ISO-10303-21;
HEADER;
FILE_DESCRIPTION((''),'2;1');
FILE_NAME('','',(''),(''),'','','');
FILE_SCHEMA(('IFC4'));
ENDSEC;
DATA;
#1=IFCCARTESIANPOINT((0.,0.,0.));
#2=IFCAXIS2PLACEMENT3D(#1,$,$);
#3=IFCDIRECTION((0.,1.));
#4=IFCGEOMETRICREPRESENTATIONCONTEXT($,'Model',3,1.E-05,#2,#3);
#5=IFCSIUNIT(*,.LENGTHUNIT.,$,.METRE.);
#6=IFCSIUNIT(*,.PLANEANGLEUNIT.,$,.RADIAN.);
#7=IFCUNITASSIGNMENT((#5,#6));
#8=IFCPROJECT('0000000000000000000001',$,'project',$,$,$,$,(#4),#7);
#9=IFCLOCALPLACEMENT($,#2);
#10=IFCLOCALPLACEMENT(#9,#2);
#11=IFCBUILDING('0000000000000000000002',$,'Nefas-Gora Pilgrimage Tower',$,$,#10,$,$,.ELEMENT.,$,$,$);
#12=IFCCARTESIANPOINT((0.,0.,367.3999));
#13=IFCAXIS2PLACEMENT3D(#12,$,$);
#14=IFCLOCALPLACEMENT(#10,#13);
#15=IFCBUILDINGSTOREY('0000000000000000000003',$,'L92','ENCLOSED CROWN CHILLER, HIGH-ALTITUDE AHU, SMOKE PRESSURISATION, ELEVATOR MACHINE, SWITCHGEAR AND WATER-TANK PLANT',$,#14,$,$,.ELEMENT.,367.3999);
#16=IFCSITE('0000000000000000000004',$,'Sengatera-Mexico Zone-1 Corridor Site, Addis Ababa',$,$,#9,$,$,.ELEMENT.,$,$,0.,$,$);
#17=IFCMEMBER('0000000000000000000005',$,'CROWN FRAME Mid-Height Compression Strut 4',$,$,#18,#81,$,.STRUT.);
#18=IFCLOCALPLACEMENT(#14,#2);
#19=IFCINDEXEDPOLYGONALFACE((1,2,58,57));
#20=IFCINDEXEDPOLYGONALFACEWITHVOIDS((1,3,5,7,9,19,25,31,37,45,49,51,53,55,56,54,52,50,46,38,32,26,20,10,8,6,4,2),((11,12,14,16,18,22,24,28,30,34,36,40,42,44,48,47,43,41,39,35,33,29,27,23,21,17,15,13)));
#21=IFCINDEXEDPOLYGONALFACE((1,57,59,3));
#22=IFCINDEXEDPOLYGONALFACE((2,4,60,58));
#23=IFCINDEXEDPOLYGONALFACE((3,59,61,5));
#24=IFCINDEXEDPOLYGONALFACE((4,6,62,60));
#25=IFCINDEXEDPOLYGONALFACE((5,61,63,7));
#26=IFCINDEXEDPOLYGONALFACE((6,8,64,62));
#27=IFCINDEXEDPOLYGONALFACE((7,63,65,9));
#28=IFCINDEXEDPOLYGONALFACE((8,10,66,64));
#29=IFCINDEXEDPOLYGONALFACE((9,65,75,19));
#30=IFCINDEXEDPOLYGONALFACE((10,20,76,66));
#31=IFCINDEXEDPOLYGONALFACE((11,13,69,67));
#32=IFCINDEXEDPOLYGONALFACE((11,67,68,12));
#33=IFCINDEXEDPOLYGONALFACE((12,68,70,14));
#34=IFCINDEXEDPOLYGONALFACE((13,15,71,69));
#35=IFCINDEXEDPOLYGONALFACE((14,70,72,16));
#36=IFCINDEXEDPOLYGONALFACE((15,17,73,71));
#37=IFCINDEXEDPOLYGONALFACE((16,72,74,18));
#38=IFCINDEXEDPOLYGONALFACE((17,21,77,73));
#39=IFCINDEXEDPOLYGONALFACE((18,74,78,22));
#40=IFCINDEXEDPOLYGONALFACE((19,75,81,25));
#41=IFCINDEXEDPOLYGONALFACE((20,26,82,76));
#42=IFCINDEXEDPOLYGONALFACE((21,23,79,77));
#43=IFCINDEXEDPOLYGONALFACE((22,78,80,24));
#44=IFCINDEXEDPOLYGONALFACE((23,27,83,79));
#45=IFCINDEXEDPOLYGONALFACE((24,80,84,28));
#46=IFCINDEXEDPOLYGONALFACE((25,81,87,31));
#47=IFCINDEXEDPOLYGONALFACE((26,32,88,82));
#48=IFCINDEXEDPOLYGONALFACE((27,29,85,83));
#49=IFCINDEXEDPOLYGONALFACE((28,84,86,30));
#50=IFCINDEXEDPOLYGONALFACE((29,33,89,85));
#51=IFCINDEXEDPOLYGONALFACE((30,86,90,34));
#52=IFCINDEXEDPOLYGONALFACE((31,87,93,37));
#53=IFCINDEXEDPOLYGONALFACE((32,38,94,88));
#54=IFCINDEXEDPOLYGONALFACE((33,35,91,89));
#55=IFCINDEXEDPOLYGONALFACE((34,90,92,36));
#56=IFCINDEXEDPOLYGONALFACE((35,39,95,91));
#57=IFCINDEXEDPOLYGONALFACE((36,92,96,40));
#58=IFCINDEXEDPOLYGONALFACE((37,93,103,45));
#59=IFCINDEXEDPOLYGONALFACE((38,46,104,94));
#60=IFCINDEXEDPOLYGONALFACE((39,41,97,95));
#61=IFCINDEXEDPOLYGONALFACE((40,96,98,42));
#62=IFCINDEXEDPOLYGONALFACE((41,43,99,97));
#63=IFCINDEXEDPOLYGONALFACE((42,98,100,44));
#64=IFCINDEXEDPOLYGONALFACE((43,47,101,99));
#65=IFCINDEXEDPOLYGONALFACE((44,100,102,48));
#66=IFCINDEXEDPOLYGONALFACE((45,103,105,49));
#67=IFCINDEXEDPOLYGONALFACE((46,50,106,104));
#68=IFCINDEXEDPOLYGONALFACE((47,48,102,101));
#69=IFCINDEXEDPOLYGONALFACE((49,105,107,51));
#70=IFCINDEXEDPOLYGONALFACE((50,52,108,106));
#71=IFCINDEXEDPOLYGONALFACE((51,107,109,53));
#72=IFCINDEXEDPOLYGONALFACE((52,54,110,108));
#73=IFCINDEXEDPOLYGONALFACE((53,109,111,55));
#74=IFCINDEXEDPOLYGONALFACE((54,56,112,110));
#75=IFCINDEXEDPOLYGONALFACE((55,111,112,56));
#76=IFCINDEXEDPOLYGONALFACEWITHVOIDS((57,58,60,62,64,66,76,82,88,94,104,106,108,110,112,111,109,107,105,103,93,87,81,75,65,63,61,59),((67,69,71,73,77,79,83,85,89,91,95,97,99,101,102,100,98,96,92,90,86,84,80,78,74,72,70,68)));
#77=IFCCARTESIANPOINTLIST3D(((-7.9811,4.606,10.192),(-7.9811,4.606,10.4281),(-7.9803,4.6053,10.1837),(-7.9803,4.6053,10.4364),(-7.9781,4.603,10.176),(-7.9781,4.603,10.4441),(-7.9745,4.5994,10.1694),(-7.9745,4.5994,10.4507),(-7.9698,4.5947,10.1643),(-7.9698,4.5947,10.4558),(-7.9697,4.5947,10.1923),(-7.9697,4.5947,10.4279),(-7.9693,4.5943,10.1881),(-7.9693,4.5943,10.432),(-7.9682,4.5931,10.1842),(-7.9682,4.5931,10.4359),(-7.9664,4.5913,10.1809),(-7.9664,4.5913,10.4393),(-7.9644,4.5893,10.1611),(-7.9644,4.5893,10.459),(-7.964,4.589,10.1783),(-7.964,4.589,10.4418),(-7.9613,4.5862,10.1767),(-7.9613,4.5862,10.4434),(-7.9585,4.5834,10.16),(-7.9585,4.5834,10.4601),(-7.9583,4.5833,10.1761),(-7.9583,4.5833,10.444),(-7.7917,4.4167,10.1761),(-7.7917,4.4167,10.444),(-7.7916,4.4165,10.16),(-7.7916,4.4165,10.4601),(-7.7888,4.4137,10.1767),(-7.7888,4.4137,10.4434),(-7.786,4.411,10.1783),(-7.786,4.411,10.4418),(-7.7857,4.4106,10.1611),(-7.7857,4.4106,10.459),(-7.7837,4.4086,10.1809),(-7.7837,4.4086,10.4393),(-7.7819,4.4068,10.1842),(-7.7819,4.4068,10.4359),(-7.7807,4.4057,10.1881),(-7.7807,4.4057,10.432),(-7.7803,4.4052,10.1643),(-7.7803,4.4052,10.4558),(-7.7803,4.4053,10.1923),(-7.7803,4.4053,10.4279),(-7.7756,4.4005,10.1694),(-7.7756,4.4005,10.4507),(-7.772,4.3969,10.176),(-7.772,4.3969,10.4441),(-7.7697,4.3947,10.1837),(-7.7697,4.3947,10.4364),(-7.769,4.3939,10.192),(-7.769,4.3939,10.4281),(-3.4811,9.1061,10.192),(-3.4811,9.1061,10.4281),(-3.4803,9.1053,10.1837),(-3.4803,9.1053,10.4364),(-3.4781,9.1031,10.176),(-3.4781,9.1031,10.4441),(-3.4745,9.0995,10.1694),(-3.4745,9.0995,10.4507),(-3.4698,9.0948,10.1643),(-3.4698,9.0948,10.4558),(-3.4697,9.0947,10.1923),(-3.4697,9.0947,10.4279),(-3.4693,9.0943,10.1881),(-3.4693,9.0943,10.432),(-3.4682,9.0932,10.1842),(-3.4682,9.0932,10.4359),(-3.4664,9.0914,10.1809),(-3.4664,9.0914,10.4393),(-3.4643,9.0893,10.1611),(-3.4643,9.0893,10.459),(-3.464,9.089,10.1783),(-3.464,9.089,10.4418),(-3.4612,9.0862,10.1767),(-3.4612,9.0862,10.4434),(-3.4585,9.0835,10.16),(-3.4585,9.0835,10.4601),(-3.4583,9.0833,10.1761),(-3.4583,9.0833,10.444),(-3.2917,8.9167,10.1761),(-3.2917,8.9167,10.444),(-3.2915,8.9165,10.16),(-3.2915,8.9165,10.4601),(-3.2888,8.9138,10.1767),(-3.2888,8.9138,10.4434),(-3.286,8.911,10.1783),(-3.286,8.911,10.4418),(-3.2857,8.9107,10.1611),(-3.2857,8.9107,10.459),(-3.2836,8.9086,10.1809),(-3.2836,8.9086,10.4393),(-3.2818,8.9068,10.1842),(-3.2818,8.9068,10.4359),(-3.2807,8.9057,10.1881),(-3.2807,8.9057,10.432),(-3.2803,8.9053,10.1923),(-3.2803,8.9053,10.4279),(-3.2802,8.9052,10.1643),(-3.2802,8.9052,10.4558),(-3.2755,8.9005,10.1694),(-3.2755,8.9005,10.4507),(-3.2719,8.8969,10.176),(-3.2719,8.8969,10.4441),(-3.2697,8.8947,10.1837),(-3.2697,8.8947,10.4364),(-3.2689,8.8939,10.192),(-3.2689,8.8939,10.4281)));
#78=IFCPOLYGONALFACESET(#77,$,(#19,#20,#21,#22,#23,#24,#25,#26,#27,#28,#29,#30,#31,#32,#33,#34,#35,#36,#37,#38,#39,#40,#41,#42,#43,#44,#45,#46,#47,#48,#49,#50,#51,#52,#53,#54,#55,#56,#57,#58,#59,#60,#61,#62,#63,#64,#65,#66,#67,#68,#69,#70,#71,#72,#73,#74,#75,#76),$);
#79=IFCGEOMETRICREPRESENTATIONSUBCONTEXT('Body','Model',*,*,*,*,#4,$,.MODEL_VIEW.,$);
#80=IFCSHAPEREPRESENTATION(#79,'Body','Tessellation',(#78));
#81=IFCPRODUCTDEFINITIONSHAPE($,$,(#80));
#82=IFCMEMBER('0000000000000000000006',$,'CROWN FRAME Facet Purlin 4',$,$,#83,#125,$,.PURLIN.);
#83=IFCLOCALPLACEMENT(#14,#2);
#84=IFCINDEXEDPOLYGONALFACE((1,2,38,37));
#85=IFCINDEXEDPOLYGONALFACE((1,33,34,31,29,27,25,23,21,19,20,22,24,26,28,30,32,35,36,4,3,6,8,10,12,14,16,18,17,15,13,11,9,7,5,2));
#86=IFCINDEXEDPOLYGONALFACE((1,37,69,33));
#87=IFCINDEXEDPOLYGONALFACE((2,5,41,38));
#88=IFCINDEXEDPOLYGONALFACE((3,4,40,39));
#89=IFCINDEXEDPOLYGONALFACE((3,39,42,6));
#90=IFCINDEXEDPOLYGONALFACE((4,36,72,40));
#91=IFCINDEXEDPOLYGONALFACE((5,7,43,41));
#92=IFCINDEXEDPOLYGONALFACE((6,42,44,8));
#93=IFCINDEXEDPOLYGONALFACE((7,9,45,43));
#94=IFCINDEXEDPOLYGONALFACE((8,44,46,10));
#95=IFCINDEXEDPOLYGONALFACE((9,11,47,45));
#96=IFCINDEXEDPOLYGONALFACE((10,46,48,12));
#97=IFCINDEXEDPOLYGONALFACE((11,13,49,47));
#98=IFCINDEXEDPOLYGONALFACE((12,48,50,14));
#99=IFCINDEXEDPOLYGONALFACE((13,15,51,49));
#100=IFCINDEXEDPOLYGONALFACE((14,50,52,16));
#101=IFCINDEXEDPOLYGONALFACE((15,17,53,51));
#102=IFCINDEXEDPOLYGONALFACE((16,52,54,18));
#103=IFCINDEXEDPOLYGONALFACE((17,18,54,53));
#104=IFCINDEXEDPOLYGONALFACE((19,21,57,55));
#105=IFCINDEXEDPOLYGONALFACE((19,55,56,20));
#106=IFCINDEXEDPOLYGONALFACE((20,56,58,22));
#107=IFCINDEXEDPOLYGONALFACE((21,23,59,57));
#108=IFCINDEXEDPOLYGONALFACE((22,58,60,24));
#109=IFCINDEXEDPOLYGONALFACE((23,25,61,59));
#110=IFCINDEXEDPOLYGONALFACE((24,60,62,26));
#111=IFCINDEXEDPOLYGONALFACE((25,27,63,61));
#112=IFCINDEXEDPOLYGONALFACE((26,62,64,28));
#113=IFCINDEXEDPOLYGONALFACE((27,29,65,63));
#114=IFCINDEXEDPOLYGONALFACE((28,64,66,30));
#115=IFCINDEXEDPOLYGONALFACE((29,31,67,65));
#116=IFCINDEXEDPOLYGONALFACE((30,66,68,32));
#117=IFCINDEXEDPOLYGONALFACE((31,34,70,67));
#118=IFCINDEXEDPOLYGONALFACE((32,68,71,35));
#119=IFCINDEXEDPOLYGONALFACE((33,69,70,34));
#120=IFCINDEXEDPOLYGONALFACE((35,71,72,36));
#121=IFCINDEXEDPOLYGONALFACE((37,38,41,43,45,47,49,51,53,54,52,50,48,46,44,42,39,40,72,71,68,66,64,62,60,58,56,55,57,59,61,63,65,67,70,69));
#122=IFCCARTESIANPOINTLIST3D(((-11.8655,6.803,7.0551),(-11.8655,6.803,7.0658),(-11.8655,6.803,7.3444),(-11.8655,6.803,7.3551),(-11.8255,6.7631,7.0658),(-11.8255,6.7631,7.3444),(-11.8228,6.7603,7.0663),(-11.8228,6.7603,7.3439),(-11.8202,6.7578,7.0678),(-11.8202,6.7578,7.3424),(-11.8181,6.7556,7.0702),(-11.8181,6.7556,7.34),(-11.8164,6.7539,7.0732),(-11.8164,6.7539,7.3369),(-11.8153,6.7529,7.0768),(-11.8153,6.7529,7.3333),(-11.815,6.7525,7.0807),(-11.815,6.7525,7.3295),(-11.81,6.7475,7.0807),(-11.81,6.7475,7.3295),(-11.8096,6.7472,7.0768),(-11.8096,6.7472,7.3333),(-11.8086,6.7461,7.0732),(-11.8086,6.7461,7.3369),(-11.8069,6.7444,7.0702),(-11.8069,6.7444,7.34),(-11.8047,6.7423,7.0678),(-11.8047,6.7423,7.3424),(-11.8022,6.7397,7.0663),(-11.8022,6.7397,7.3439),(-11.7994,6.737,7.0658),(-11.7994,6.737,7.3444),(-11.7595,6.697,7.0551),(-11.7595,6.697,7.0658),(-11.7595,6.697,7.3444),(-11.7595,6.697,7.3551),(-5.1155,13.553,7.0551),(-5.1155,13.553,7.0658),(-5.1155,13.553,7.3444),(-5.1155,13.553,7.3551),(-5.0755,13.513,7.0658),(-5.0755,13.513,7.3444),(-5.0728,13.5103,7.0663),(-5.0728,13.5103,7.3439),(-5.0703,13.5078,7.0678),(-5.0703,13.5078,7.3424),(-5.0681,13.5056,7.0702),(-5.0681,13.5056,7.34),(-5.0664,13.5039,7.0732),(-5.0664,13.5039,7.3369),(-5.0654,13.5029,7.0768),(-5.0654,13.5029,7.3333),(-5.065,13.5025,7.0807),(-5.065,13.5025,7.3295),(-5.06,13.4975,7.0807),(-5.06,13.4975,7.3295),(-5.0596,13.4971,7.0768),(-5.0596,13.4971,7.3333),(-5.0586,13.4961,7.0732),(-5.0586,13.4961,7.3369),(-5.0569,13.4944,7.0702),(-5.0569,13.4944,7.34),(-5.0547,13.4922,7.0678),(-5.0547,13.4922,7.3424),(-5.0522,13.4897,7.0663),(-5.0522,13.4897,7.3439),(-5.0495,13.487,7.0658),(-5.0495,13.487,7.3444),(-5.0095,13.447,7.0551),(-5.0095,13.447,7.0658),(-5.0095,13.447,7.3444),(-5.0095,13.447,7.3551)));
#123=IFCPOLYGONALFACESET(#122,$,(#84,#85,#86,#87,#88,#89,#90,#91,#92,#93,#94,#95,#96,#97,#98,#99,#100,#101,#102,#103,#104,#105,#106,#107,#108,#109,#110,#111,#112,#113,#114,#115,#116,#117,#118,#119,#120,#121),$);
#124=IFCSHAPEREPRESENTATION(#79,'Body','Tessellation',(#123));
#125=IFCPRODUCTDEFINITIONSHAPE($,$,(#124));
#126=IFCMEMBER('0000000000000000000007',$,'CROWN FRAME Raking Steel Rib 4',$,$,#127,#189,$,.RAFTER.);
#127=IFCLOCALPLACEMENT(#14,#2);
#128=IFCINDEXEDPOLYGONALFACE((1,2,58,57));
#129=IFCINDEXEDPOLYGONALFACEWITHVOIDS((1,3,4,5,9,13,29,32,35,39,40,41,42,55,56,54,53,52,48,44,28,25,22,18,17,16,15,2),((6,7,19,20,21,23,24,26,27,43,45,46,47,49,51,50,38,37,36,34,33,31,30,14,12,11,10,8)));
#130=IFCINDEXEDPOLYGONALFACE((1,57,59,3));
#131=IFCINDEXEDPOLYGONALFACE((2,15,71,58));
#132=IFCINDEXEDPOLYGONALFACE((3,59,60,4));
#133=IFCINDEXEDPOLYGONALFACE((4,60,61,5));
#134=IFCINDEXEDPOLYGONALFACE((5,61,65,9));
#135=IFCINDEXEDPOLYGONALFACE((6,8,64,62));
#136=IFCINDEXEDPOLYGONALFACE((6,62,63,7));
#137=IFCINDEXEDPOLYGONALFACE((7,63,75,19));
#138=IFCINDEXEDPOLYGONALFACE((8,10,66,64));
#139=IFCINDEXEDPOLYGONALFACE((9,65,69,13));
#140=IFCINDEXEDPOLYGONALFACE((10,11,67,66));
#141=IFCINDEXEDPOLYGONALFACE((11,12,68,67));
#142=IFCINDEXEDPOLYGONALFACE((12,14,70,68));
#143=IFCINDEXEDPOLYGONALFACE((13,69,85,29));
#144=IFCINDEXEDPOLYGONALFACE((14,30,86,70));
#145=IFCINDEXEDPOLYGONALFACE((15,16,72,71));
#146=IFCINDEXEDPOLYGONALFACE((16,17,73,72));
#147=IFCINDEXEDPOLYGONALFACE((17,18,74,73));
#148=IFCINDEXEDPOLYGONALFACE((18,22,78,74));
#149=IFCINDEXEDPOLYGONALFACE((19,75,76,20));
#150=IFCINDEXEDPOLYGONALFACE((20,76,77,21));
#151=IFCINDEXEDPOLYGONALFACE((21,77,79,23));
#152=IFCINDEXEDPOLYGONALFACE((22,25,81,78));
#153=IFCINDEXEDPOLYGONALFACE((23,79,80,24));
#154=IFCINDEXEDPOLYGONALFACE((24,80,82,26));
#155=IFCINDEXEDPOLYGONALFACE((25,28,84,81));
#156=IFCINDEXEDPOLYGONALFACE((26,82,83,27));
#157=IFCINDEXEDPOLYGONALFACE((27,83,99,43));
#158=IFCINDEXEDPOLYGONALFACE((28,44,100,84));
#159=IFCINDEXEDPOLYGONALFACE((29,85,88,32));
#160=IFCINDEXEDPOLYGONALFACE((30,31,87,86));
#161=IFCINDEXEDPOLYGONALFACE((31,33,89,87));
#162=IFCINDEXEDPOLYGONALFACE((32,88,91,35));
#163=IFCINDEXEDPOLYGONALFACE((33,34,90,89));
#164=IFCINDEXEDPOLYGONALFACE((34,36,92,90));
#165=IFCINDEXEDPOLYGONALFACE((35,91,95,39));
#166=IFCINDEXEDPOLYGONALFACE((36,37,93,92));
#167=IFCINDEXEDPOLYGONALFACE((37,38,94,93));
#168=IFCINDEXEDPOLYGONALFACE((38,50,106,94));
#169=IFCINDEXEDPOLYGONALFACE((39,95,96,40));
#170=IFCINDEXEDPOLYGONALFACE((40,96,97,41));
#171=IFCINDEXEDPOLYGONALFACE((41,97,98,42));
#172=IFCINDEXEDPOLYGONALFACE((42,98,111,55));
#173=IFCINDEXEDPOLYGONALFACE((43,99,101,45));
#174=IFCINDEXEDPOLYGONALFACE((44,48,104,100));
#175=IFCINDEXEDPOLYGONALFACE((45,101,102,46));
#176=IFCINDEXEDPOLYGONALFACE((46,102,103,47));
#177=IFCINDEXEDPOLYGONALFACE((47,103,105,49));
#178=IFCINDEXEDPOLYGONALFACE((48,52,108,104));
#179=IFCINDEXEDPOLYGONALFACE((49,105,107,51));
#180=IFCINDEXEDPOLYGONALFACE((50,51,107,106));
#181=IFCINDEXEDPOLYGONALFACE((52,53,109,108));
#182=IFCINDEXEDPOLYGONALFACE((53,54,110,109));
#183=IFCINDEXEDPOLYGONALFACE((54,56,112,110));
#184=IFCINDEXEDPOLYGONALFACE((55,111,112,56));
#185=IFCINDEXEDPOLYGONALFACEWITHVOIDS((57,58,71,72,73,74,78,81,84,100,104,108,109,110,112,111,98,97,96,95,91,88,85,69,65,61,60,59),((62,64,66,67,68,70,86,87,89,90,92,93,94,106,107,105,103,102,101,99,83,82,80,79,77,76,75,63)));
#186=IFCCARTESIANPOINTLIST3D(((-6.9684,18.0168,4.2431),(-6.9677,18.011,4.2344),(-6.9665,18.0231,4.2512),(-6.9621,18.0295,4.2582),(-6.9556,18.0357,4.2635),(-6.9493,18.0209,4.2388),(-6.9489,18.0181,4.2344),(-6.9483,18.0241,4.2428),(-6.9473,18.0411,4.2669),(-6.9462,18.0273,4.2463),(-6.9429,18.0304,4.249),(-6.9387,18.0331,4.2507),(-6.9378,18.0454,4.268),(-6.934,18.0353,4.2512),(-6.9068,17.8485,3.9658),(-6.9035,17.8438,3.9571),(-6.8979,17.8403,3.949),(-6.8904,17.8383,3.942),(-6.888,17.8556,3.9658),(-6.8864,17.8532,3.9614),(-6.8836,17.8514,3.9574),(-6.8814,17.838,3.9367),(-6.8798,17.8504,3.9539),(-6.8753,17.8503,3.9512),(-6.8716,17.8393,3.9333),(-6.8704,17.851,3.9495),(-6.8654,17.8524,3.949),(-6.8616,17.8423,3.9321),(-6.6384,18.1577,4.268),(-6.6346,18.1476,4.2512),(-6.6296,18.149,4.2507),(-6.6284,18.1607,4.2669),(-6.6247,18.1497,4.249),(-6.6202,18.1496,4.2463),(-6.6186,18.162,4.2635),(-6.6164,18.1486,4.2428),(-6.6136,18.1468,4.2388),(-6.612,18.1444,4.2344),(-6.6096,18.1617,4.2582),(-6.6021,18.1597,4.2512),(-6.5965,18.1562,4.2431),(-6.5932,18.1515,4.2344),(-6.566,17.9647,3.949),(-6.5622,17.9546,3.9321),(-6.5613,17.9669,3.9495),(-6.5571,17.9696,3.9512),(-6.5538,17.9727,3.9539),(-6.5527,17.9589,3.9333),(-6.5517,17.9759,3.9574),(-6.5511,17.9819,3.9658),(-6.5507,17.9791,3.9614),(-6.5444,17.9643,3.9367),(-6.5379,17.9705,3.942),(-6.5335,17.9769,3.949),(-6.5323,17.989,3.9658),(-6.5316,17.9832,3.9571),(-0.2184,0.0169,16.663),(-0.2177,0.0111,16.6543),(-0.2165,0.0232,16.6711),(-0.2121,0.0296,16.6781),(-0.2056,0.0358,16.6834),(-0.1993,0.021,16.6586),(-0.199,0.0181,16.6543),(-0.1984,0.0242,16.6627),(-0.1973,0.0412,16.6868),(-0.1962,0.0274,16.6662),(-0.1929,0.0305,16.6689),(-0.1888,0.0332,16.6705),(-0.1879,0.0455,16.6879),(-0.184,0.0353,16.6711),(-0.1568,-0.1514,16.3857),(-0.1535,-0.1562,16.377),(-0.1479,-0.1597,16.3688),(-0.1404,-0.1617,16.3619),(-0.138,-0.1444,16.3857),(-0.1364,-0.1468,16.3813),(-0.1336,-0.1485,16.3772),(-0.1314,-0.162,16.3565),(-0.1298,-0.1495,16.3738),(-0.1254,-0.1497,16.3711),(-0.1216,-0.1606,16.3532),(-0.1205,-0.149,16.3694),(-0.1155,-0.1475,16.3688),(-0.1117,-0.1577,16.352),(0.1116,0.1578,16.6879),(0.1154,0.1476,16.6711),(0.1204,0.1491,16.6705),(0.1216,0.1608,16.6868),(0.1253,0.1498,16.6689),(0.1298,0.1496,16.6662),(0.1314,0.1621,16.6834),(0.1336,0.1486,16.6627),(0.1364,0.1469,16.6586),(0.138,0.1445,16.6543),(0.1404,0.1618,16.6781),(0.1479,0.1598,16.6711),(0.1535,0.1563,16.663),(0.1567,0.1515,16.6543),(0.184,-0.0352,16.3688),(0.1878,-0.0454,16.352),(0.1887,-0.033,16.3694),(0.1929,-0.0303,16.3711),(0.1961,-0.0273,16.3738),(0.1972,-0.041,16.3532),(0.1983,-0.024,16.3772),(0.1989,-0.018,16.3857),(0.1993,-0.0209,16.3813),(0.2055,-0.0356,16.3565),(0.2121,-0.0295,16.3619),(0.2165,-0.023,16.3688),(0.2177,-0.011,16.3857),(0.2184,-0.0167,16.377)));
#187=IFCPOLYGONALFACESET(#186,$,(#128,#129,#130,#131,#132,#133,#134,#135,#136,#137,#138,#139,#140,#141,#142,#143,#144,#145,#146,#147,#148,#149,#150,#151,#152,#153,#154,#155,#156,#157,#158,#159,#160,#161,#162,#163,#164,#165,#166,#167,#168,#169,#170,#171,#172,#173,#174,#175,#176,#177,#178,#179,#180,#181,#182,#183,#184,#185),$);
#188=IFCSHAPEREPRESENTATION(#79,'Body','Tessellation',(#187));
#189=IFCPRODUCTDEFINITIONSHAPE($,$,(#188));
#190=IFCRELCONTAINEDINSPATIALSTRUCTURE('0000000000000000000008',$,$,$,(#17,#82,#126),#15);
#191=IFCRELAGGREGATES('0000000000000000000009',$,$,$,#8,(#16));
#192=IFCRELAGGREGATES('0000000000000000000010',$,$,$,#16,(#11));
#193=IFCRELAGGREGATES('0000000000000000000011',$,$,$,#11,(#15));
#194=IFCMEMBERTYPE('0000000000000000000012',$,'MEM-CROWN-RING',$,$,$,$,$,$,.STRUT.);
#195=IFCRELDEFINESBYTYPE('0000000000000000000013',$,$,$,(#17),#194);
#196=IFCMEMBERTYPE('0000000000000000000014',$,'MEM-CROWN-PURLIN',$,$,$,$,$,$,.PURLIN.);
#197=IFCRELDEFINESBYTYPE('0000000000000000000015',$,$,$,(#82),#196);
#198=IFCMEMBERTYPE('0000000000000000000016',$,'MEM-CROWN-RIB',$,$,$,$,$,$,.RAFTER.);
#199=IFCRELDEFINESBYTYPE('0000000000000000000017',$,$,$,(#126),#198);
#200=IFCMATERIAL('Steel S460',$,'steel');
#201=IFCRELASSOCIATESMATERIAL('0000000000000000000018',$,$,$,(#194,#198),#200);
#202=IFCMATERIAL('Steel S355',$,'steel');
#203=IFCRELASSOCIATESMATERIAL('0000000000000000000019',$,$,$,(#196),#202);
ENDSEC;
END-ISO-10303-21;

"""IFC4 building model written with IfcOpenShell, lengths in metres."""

from ifc_helpers import new_model, si_unit, direction, frame, origin, origin_2d, place, context, subcontext, project, spatial, hollow_rectangle, i_section, extrude, source, transform, mapped, material, material_profile, profile_set, type_object, element, save


model = new_model("IFC4")

# Units and contexts
model_context = context("Model", 3, precision=1e-05, world=origin(), true_north=direction((0.0, 1.0)))
body_context = subcontext(model_context, "Body", "Model", "MODEL_VIEW")
ifc_project = project(units=[si_unit("LENGTHUNIT", "METRE"), si_unit("PLANEANGLEUNIT", "RADIAN")], contexts=[model_context])

# Site, building, storey
site_placement = place(None, origin())
site = spatial("IfcSite", under=ifc_project, at=site_placement, Name="Sengatera-Mexico Zone-1 Corridor Site, Addis Ababa", CompositionType="ELEMENT", RefElevation=0.0)
building_placement = place(site_placement, origin())
building = spatial("IfcBuilding", under=site, at=building_placement, Name="Nefas-Gora Pilgrimage Tower", CompositionType="ELEMENT")
storey_placement = place(building_placement, frame((0.0, 0.0, 367.3999)))
storey = spatial("IfcBuildingStorey", under=building, at=storey_placement, Name="L92", Description="ENCLOSED CROWN CHILLER, HIGH-ALTITUDE AHU, SMOKE PRESSURISATION, ELEVATOR MACHINE, SWITCHGEAR AND WATER-TANK PLANT", CompositionType="ELEMENT", Elevation=367.3999)

# Shared definitions
ifc_material_1 = material(Name="Steel S355", Category="steel")

# Shared definitions
ifc_material_2 = material(Name="Steel S460", Category="steel")

# Members
ifc_material_profile_1 = material_profile(ifc_material_2, hollow_rectangle(XDim=0.3, YDim=0.3, WallThickness=0.0161, InnerFilletRadius=0.0161, OuterFilletRadius=0.032, at=origin_2d()), Name="SHS 300x300x16")
ifc_profile_set_1 = profile_set([ifc_material_profile_1], Name="Steel S460")
member_type_1 = type_object("IfcMemberType", Name="MEM-CROWN-RING", PredefinedType="STRUT", material=ifc_profile_set_1)
shared_shape_1 = source(origin(), body_context, "Body", "SweptSolid", [
    extrude(hollow_rectangle(XDim=0.3, YDim=0.3, WallThickness=0.0161, InnerFilletRadius=0.0161, OuterFilletRadius=0.032, at=origin_2d()), origin(), (0.0, 0.0, 1.0), 6.364),
])
member_1_placement = place(storey_placement, frame((-3.375, 9.0, 10.3101), z_axis=(-0.707107, -0.707107, 0.0), x_axis=(0.707107, -0.707107, 0.0)))
element("IfcMember", 1, at=member_1_placement, inside=storey, type_object=member_type_1, Name="CROWN FRAME Mid-Height Compression Strut 4", PredefinedType="STRUT", context=body_context, shape_type="MappedRepresentation", body=[
    mapped(shared_shape_1, transform((0.0, 0.0, 0.0), x_axis=(1.0, 0.0, 0.0), y_axis=(0.0, 1.0, 0.0), z_axis=(0.0, 0.0, 1.0), scale=1.0)),
])
ifc_material_profile_2 = material_profile(ifc_material_1, i_section(OverallWidth=0.1499, OverallDepth=0.3, WebThickness=0.0071, FlangeThickness=0.0107, FilletRadius=0.0149, at=origin_2d()), Name="IPE 300")
ifc_profile_set_2 = profile_set([ifc_material_profile_2], Name="Steel S355")
member_type_2 = type_object("IfcMemberType", Name="MEM-CROWN-PURLIN", PredefinedType="PURLIN", material=ifc_profile_set_2)
shared_shape_2 = source(origin(), body_context, "Body", "SweptSolid", [
    extrude(i_section(OverallWidth=0.1499, OverallDepth=0.3, WebThickness=0.0071, FlangeThickness=0.0107, FilletRadius=0.0149, at=origin_2d()), origin(), (0.0, 0.0, 1.0), 9.5459),
])
member_2_placement = place(storey_placement, frame((-5.0625, 13.5, 7.2051), z_axis=(-0.707107, -0.707107, 0.0), x_axis=(0.707107, -0.707107, 0.0)))
element("IfcMember", 2, at=member_2_placement, inside=storey, type_object=member_type_2, Name="CROWN FRAME Facet Purlin 4", PredefinedType="PURLIN", context=body_context, shape_type="MappedRepresentation", body=[
    mapped(shared_shape_2, transform((0.0, 0.0, 0.0), x_axis=(1.0, 0.0, 0.0), y_axis=(0.0, 1.0, 0.0), z_axis=(0.0, 0.0, 1.0), scale=1.0)),
])
ifc_material_profile_3 = material_profile(ifc_material_2, hollow_rectangle(XDim=0.3999, YDim=0.3999, WallThickness=0.02, InnerFilletRadius=0.02, OuterFilletRadius=0.04, at=origin_2d()), Name="SHS 400x400x20")
ifc_profile_set_3 = profile_set([ifc_material_profile_3], Name="Steel S460")
member_type_3 = type_object("IfcMemberType", Name="MEM-CROWN-RIB", PredefinedType="RAFTER", material=ifc_profile_set_3)
shared_shape_3 = source(origin(), body_context, "Body", "SweptSolid", [
    extrude(hollow_rectangle(XDim=0.3999, YDim=0.3999, WallThickness=0.02, InnerFilletRadius=0.02, OuterFilletRadius=0.04, at=origin_2d()), origin(), (0.0, 0.0, 1.0), 22.887),
])
member_3_placement = place(storey_placement, frame((-6.75, 18.0, 4.1001), z_axis=(0.294927, -0.786471, 0.542662), x_axis=(0.936329, 0.351123, 0.0)))
element("IfcMember", 3, at=member_3_placement, inside=storey, type_object=member_type_3, Name="CROWN FRAME Raking Steel Rib 4", PredefinedType="RAFTER", context=body_context, shape_type="MappedRepresentation", body=[
    mapped(shared_shape_3, transform((0.0, 0.0, 0.0), x_axis=(1.0, 0.0, 0.0), y_axis=(0.0, 1.0, 0.0), z_axis=(0.0, 0.0, 1.0), scale=1.0)),
])

save(model, "model.ifc")
